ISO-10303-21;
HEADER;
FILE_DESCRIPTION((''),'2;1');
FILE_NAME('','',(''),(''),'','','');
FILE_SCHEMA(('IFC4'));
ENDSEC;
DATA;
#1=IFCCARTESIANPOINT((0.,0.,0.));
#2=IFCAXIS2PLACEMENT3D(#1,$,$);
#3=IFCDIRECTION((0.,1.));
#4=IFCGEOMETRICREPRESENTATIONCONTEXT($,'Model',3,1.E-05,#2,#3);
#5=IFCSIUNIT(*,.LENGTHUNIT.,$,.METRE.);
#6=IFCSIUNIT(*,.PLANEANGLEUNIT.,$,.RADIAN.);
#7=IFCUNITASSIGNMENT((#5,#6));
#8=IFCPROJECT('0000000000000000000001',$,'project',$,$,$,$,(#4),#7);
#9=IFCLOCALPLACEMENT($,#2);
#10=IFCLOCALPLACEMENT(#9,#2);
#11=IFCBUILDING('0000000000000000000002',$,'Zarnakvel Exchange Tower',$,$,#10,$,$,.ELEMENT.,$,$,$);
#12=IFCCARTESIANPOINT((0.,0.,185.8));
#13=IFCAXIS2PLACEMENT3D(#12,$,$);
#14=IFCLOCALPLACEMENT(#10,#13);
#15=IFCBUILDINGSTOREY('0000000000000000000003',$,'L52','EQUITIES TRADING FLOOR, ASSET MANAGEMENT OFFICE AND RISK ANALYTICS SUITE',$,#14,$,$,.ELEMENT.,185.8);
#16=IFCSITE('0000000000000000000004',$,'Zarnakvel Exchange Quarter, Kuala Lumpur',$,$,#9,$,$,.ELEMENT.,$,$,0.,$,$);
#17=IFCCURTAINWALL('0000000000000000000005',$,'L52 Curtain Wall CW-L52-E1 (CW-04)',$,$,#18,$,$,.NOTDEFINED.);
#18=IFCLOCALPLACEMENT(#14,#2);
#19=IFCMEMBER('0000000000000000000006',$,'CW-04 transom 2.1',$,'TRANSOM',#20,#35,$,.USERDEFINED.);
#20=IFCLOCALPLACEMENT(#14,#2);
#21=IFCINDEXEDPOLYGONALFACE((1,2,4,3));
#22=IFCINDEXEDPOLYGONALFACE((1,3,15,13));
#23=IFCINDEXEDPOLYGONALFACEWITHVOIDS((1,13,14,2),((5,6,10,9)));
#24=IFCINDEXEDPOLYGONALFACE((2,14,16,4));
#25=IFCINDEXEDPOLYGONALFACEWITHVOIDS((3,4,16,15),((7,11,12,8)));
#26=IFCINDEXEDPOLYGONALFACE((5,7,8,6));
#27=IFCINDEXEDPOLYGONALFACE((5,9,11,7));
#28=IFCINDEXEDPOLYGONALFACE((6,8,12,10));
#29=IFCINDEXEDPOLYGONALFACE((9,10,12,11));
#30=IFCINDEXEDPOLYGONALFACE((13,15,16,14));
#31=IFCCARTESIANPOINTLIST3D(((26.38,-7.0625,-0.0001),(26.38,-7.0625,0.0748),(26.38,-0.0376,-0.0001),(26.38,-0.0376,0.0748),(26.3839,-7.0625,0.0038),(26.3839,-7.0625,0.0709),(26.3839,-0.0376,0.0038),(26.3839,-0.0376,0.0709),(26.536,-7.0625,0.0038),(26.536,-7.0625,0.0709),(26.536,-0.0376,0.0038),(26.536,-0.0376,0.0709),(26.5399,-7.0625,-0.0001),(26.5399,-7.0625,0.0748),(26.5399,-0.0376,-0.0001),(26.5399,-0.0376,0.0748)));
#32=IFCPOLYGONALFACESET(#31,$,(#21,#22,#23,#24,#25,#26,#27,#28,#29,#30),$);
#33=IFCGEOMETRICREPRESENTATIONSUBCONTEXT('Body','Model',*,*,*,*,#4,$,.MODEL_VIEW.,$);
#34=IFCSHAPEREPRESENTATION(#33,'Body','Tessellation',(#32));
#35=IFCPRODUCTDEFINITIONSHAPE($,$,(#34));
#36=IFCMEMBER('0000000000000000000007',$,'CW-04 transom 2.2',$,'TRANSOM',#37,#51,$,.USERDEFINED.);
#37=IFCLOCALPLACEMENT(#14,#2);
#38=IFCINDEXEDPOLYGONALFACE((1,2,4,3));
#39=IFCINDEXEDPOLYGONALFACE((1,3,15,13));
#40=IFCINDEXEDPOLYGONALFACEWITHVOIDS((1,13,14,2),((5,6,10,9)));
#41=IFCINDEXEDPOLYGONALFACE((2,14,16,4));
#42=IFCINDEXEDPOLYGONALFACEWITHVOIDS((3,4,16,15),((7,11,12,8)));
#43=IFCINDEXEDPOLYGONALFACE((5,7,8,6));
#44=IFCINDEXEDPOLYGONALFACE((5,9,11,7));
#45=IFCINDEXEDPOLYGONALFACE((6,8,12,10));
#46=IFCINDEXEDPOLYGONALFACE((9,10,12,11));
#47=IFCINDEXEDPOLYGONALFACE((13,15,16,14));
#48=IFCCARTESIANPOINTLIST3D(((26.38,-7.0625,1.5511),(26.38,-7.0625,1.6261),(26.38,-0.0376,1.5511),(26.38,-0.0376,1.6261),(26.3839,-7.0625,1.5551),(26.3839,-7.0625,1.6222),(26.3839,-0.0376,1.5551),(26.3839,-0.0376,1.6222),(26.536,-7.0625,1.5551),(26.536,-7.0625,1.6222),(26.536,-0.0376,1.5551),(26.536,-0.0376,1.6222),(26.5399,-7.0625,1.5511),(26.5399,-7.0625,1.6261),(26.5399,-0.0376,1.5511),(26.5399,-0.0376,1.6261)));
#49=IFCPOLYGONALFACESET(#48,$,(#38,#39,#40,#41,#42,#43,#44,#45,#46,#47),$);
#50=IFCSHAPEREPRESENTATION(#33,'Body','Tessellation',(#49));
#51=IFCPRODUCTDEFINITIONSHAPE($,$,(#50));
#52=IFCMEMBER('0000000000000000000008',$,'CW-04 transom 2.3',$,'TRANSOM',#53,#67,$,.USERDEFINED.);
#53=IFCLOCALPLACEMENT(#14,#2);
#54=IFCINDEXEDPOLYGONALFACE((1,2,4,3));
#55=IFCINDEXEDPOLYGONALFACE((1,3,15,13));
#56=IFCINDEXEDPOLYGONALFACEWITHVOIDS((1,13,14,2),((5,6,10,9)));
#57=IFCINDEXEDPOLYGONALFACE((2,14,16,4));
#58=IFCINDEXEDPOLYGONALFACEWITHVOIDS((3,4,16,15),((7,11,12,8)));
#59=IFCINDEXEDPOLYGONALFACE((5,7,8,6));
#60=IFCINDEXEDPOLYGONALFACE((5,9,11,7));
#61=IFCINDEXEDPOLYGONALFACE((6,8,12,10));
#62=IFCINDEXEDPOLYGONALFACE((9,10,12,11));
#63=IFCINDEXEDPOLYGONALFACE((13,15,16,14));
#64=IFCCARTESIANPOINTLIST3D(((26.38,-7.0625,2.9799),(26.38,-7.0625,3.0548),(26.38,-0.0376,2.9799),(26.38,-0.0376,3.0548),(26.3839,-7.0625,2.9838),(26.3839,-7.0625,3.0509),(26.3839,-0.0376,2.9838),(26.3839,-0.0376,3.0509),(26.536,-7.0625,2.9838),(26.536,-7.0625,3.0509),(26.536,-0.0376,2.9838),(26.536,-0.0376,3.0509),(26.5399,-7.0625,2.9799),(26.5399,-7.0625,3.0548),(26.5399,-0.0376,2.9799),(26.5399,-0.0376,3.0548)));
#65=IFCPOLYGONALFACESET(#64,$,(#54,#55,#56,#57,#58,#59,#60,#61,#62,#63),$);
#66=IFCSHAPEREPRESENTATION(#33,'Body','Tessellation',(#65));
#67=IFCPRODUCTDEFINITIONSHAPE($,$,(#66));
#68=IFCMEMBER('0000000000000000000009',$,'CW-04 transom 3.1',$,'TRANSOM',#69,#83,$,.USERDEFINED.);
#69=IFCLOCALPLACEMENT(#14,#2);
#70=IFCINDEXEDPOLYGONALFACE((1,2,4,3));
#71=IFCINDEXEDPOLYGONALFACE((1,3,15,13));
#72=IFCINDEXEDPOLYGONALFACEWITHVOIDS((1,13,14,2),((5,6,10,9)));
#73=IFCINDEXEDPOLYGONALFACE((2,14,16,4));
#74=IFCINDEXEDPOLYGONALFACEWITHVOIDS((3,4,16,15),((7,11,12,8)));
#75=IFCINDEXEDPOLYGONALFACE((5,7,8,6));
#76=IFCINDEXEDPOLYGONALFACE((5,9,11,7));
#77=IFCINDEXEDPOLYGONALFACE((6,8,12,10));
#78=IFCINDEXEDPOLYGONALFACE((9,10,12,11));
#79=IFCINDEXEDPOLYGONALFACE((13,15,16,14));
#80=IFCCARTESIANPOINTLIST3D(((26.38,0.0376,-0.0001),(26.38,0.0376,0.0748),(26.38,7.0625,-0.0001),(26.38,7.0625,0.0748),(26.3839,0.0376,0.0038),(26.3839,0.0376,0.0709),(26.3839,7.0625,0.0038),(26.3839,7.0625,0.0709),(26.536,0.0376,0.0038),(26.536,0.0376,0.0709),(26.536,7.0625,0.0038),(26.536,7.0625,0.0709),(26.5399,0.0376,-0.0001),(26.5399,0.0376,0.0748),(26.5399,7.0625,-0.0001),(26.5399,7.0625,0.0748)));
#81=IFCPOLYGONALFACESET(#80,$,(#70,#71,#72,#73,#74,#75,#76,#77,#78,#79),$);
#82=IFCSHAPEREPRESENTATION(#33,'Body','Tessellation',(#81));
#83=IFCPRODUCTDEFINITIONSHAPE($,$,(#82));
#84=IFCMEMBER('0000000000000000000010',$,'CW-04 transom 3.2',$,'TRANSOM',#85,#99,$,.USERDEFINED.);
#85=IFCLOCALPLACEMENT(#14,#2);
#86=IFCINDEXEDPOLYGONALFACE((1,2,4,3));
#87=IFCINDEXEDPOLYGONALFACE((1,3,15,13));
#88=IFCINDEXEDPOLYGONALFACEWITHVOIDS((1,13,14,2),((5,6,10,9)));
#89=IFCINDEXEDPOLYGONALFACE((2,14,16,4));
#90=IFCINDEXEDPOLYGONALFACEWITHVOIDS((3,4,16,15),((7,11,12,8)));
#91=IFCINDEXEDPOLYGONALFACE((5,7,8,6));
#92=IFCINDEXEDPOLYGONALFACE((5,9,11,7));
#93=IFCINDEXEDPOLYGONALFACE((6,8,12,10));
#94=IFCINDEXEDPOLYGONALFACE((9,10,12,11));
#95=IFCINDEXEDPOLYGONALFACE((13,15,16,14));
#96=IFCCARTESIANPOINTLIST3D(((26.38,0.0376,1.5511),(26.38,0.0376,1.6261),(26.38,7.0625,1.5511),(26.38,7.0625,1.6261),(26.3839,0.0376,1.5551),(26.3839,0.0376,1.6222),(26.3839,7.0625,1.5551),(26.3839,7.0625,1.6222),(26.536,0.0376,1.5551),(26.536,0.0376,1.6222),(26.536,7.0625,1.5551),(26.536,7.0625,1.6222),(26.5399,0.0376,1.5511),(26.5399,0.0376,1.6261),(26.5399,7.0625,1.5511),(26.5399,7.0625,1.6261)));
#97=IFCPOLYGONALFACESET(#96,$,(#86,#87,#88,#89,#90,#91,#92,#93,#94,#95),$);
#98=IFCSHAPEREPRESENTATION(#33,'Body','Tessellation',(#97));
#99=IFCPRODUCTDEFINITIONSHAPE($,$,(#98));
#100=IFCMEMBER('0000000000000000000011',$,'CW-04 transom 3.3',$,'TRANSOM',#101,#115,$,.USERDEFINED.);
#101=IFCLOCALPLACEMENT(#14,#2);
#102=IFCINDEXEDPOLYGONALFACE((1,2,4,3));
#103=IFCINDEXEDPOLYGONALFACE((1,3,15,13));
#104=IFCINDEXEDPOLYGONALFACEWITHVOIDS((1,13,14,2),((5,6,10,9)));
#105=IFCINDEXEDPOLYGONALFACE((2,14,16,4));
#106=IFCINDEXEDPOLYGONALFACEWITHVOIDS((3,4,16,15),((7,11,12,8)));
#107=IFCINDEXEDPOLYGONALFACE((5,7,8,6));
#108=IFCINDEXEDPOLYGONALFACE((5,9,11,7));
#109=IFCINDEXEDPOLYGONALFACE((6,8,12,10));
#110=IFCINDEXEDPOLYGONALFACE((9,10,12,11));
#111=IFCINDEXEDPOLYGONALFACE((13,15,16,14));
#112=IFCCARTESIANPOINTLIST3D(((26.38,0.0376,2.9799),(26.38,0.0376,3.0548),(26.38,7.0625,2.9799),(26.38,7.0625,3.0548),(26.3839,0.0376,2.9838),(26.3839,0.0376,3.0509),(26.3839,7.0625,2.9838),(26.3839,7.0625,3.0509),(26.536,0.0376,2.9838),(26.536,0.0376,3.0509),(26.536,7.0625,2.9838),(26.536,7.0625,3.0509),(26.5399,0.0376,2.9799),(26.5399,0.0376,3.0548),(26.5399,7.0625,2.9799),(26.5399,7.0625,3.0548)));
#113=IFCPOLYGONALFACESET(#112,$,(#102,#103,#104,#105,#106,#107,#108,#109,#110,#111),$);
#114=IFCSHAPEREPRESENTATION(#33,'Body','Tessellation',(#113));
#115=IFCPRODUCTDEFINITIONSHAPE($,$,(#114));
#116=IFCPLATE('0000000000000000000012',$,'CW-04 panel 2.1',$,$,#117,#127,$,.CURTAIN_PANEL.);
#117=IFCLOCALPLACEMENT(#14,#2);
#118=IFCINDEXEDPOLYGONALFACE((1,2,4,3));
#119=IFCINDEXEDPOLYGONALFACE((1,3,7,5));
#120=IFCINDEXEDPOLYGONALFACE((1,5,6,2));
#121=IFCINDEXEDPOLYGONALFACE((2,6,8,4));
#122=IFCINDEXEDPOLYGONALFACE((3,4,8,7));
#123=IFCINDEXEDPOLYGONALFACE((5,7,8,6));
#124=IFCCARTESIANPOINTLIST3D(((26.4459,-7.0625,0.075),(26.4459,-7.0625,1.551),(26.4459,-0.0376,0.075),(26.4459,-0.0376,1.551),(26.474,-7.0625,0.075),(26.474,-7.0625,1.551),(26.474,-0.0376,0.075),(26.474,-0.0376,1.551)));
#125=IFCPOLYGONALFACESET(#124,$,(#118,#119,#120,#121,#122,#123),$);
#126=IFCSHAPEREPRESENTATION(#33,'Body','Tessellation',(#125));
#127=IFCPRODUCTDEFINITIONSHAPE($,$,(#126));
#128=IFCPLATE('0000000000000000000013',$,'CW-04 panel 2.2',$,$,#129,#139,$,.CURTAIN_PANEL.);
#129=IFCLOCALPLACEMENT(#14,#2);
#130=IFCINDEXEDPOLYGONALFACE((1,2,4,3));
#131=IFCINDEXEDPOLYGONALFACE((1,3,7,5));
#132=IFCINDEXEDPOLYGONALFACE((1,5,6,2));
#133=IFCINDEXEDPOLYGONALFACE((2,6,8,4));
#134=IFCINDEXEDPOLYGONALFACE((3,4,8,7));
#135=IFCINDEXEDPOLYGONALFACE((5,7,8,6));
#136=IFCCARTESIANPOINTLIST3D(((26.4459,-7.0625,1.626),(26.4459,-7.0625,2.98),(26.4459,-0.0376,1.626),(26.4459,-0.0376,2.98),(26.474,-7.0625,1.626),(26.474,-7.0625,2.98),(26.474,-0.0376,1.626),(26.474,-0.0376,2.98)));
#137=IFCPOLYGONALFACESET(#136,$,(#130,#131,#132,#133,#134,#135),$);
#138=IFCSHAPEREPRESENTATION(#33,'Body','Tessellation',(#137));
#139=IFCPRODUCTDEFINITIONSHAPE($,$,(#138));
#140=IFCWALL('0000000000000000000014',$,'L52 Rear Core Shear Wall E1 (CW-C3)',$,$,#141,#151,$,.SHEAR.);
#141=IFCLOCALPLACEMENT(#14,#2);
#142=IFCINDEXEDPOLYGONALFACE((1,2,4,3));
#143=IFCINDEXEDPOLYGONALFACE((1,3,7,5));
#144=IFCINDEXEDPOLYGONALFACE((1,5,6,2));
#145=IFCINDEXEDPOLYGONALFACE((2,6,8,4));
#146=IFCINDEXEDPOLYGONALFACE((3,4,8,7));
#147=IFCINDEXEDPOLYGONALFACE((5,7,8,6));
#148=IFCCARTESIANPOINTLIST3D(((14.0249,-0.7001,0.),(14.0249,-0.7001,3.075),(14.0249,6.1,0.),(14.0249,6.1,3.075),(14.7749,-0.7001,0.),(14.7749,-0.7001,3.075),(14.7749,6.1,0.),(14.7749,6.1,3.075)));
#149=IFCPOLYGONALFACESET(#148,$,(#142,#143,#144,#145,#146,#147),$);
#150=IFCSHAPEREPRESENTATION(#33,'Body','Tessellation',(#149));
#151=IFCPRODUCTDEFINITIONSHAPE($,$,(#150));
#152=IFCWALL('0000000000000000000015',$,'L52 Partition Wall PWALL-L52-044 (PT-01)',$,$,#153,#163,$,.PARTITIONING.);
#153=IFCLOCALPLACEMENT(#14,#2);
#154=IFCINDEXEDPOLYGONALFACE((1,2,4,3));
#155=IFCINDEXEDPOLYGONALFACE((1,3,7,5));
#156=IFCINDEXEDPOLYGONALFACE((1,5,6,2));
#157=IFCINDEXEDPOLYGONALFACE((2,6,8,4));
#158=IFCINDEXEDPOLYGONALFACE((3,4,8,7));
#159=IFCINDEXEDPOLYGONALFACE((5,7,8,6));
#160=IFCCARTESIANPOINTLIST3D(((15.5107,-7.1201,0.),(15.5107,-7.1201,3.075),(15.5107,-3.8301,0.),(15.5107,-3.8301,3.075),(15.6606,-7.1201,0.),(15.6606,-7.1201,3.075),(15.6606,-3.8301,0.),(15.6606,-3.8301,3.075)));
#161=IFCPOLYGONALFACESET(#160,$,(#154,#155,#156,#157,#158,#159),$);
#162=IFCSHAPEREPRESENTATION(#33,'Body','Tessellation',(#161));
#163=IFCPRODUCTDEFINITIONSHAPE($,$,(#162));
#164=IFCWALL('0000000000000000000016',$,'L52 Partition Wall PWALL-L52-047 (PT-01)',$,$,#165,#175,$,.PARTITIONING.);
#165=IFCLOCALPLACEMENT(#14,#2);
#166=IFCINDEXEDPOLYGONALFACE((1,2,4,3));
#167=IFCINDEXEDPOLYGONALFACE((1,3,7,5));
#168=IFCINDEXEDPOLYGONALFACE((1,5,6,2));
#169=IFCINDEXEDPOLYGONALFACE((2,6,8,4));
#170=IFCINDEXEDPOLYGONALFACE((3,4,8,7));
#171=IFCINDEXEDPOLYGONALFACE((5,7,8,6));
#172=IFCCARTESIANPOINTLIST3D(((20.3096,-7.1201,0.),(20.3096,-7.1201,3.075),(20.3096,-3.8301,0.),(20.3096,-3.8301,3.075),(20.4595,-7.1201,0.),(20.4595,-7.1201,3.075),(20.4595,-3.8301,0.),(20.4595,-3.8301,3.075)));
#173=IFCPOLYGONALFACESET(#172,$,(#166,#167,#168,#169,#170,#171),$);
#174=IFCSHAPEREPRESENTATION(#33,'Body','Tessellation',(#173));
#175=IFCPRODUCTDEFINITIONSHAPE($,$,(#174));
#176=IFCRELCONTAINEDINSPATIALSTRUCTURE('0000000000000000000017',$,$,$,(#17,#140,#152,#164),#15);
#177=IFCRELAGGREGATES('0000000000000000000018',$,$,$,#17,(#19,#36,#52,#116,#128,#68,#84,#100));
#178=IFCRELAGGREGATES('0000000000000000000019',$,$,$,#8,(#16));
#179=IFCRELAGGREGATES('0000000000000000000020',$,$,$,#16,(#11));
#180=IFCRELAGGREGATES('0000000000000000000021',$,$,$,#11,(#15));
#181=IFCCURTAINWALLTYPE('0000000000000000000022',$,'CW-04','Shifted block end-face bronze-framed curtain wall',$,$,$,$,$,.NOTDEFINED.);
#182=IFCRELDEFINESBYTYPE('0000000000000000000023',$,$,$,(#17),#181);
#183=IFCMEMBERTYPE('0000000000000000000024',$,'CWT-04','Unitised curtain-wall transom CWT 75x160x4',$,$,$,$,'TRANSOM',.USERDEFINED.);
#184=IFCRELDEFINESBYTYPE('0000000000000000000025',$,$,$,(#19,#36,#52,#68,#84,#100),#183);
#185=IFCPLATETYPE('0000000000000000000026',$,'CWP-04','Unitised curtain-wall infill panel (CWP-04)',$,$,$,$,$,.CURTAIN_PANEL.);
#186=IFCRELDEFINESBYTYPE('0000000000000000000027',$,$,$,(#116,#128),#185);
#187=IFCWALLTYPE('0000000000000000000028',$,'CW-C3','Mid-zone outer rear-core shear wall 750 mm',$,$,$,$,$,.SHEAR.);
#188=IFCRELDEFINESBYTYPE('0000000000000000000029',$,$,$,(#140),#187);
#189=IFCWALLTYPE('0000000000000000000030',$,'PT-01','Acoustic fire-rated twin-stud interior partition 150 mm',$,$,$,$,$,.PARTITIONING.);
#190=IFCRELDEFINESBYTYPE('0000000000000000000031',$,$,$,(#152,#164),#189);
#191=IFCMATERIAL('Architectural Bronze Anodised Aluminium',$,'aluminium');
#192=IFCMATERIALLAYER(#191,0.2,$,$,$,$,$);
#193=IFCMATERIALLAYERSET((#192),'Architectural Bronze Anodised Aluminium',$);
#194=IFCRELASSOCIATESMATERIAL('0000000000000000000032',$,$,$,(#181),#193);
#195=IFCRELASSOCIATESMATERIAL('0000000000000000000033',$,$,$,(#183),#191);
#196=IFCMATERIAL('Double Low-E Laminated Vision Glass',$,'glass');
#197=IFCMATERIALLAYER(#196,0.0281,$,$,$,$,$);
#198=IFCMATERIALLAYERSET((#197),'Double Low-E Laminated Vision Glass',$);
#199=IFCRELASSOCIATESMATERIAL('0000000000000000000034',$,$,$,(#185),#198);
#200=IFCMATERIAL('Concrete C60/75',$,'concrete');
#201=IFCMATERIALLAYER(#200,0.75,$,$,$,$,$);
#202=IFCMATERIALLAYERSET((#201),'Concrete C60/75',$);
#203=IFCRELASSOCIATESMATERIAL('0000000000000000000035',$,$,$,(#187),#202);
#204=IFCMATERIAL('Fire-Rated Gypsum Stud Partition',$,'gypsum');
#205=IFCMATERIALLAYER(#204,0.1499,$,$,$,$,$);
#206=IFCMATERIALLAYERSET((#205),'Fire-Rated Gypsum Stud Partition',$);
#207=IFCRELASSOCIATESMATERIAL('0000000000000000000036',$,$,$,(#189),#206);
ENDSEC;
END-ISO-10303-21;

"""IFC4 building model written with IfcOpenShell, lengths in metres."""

from ifc_helpers import new_model, si_unit, direction, frame, frame_2d, origin, origin_2d, place, context, subcontext, project, spatial, rectangle, hollow_rectangle, extrude, source, transform, mapped, material, layer, layer_set, material_profile, profile_set, type_object, element, aggregate, save


model = new_model("IFC4")

# Units and contexts
model_context = context("Model", 3, precision=1e-05, world=origin(), true_north=direction((0.0, 1.0)))
body_context = subcontext(model_context, "Body", "Model", "MODEL_VIEW")
ifc_project = project(units=[si_unit("LENGTHUNIT", "METRE"), si_unit("PLANEANGLEUNIT", "RADIAN")], contexts=[model_context])

# Site, building, storey
site_placement = place(None, origin())
site = spatial("IfcSite", under=ifc_project, at=site_placement, Name="Zarnakvel Exchange Quarter, Kuala Lumpur", CompositionType="ELEMENT", RefElevation=0.0)
building_placement = place(site_placement, origin())
building = spatial("IfcBuilding", under=site, at=building_placement, Name="Zarnakvel Exchange Tower", CompositionType="ELEMENT")
storey_placement = place(building_placement, frame((0.0, 0.0, 185.8)))
storey = spatial("IfcBuildingStorey", under=building, at=storey_placement, Name="L52", Description="EQUITIES TRADING FLOOR, ASSET MANAGEMENT OFFICE AND RISK ANALYTICS SUITE", CompositionType="ELEMENT", Elevation=185.8)

# Shared definitions
ifc_material_1 = material(Name="Concrete C60/75", Category="concrete")

# Curtain wall, members, plates
ifc_material_2 = material(Name="Architectural Bronze Anodised Aluminium", Category="aluminium")
ifc_layer_1 = layer(ifc_material_2, 0.2)
ifc_layer_set_1 = layer_set([ifc_layer_1], Name="Architectural Bronze Anodised Aluminium")
curtain_wall_type = type_object("IfcCurtainWallType", Name="CW-04", Description="Shifted block end-face bronze-framed curtain wall", PredefinedType="NOTDEFINED", material=ifc_layer_set_1)
curtain_wall_placement = place(storey_placement, origin())
curtain_wall = element("IfcCurtainWall", 1, at=curtain_wall_placement, inside=storey, type_object=curtain_wall_type, Name="L52 Curtain Wall CW-L52-E1 (CW-04)", PredefinedType="NOTDEFINED")
ifc_material_profile_1 = material_profile(ifc_material_2, hollow_rectangle(XDim=0.1599, YDim=0.075, WallThickness=0.0039, at=origin_2d()))
ifc_profile_set_1 = profile_set([ifc_material_profile_1], Name="Architectural Bronze Anodised Aluminium")
member_type_1 = type_object("IfcMemberType", Name="CWT-04", Description="Unitised curtain-wall transom CWT 75x160x4", ElementType="TRANSOM", PredefinedType="USERDEFINED", material=ifc_profile_set_1)
shared_shape_1 = source(origin(), body_context, "Body", "SweptSolid", [
    extrude(hollow_rectangle(XDim=0.1599, YDim=0.075, WallThickness=0.0039, at=origin_2d()), origin(), (0.0, 0.0, 1.0), 7.0249),
])
member_1_placement = place(storey_placement, frame((26.46, -7.0625, 0.0374), z_axis=(0.0, 1.0, 0.0), x_axis=(-1.0, 0.0, 0.0)))
member_1 = element("IfcMember", 2, at=member_1_placement, type_object=member_type_1, Name="CW-04 transom 2.1", ObjectType="TRANSOM", PredefinedType="USERDEFINED", context=body_context, shape_type="MappedRepresentation", body=[
    mapped(shared_shape_1, transform((0.0, 0.0, 0.0), x_axis=(1.0, 0.0, 0.0), y_axis=(0.0, 1.0, 0.0), z_axis=(0.0, 0.0, 1.0), scale=1.0)),
])
member_2_placement = place(storey_placement, frame((26.46, -7.0625, 1.5886), z_axis=(0.0, 1.0, 0.0), x_axis=(-1.0, 0.0, 0.0)))
member_2 = element("IfcMember", 3, at=member_2_placement, type_object=member_type_1, Name="CW-04 transom 2.2", ObjectType="TRANSOM", PredefinedType="USERDEFINED", context=body_context, shape_type="MappedRepresentation", body=[
    mapped(shared_shape_1, transform((0.0, 0.0, 0.0), x_axis=(1.0, 0.0, 0.0), y_axis=(0.0, 1.0, 0.0), z_axis=(0.0, 0.0, 1.0), scale=1.0)),
])
member_3_placement = place(storey_placement, frame((26.46, -7.0625, 3.0173), z_axis=(0.0, 1.0, 0.0), x_axis=(-1.0, 0.0, 0.0)))
member_3 = element("IfcMember", 4, at=member_3_placement, type_object=member_type_1, Name="CW-04 transom 2.3", ObjectType="TRANSOM", PredefinedType="USERDEFINED", context=body_context, shape_type="MappedRepresentation", body=[
    mapped(shared_shape_1, transform((0.0, 0.0, 0.0), x_axis=(1.0, 0.0, 0.0), y_axis=(0.0, 1.0, 0.0), z_axis=(0.0, 0.0, 1.0), scale=1.0)),
])
member_4_placement = place(storey_placement, frame((26.46, 0.0376, 0.0374), z_axis=(0.0, 1.0, 0.0), x_axis=(-1.0, 0.0, 0.0)))
member_4 = element("IfcMember", 5, at=member_4_placement, type_object=member_type_1, Name="CW-04 transom 3.1", ObjectType="TRANSOM", PredefinedType="USERDEFINED", context=body_context, shape_type="MappedRepresentation", body=[
    mapped(shared_shape_1, transform((0.0, 0.0, 0.0), x_axis=(1.0, 0.0, 0.0), y_axis=(0.0, 1.0, 0.0), z_axis=(0.0, 0.0, 1.0), scale=1.0)),
])
member_5_placement = place(storey_placement, frame((26.46, 0.0376, 1.5886), z_axis=(0.0, 1.0, 0.0), x_axis=(-1.0, 0.0, 0.0)))
member_5 = element("IfcMember", 6, at=member_5_placement, type_object=member_type_1, Name="CW-04 transom 3.2", ObjectType="TRANSOM", PredefinedType="USERDEFINED", context=body_context, shape_type="MappedRepresentation", body=[
    mapped(shared_shape_1, transform((0.0, 0.0, 0.0), x_axis=(1.0, 0.0, 0.0), y_axis=(0.0, 1.0, 0.0), z_axis=(0.0, 0.0, 1.0), scale=1.0)),
])
member_6_placement = place(storey_placement, frame((26.46, 0.0376, 3.0173), z_axis=(0.0, 1.0, 0.0), x_axis=(-1.0, 0.0, 0.0)))
member_6 = element("IfcMember", 7, at=member_6_placement, type_object=member_type_1, Name="CW-04 transom 3.3", ObjectType="TRANSOM", PredefinedType="USERDEFINED", context=body_context, shape_type="MappedRepresentation", body=[
    mapped(shared_shape_1, transform((0.0, 0.0, 0.0), x_axis=(1.0, 0.0, 0.0), y_axis=(0.0, 1.0, 0.0), z_axis=(0.0, 0.0, 1.0), scale=1.0)),
])
ifc_material_3 = material(Name="Double Low-E Laminated Vision Glass", Category="glass")
ifc_layer_2 = layer(ifc_material_3, 0.0281)
ifc_layer_set_2 = layer_set([ifc_layer_2], Name="Double Low-E Laminated Vision Glass")
plate_type = type_object("IfcPlateType", Name="CWP-04", Description="Unitised curtain-wall infill panel (CWP-04)", PredefinedType="CURTAIN_PANEL", material=ifc_layer_set_2)
shared_shape_2 = source(origin(), body_context, "Body", "SweptSolid", [
    extrude(rectangle(XDim=7.0249, YDim=0.0281, at=origin_2d()), origin(), (0.0, 0.0, 1.0), 1.4761),
])
plate_1_placement = place(storey_placement, frame((26.46, -3.55, 0.075), z_axis=(0.0, 0.0, 1.0), x_axis=(0.0, 1.0, 0.0)))
plate_1 = element("IfcPlate", 8, at=plate_1_placement, type_object=plate_type, Name="CW-04 panel 2.1", PredefinedType="CURTAIN_PANEL", context=body_context, shape_type="MappedRepresentation", body=[
    mapped(shared_shape_2, transform((0.0, 0.0, 0.0), x_axis=(1.0, 0.0, 0.0), y_axis=(0.0, 1.0, 0.0), z_axis=(0.0, 0.0, 1.0), scale=1.0)),
])
shared_shape_3 = source(origin(), body_context, "Body", "SweptSolid", [
    extrude(rectangle(XDim=7.0249, YDim=0.0281, at=origin_2d()), origin(), (0.0, 0.0, 1.0), 1.354),
])
plate_2_placement = place(storey_placement, frame((26.46, -3.55, 1.626), z_axis=(0.0, 0.0, 1.0), x_axis=(0.0, 1.0, 0.0)))
plate_2 = element("IfcPlate", 9, at=plate_2_placement, type_object=plate_type, Name="CW-04 panel 2.2", PredefinedType="CURTAIN_PANEL", context=body_context, shape_type="MappedRepresentation", body=[
    mapped(shared_shape_3, transform((0.0, 0.0, 0.0), x_axis=(1.0, 0.0, 0.0), y_axis=(0.0, 1.0, 0.0), z_axis=(0.0, 0.0, 1.0), scale=1.0)),
])
aggregate(curtain_wall, [member_1, member_2, member_3, plate_1, plate_2, member_4, member_5, member_6])

# Walls
ifc_layer_3 = layer(ifc_material_1, 0.75)
ifc_layer_set_3 = layer_set([ifc_layer_3], Name="Concrete C60/75")
wall_type_1 = type_object("IfcWallType", Name="CW-C3", Description="Mid-zone outer rear-core shear wall 750 mm", PredefinedType="SHEAR", material=ifc_layer_set_3)
wall_1_placement = place(storey_placement, frame((14.3999, -0.7, 0.0), z_axis=(0.0, 0.0, 1.0), x_axis=(0.0, 1.0, 0.0)))
element("IfcWall", 10, at=wall_1_placement, inside=storey, type_object=wall_type_1, Name="L52 Rear Core Shear Wall E1 (CW-C3)", PredefinedType="SHEAR", context=body_context, shape_type="SweptSolid", body=[
    extrude(rectangle(XDim=6.8, YDim=0.75, at=frame_2d((3.3999, 0.0))), origin(), (0.0, 0.0, 1.0), 3.075),
])
ifc_material_4 = material(Name="Fire-Rated Gypsum Stud Partition", Category="gypsum")
ifc_layer_4 = layer(ifc_material_4, 0.1499)
ifc_layer_set_4 = layer_set([ifc_layer_4], Name="Fire-Rated Gypsum Stud Partition")
wall_type_2 = type_object("IfcWallType", Name="PT-01", Description="Acoustic fire-rated twin-stud interior partition 150 mm", PredefinedType="PARTITIONING", material=ifc_layer_set_4)
wall_2_placement = place(storey_placement, frame((15.5857, -3.8301, 0.0), z_axis=(0.0, 0.0, 1.0), x_axis=(0.0, -1.0, 0.0)))
element("IfcWall", 11, at=wall_2_placement, inside=storey, type_object=wall_type_2, Name="L52 Partition Wall PWALL-L52-044 (PT-01)", PredefinedType="PARTITIONING", context=body_context, shape_type="SweptSolid", body=[
    extrude(rectangle(XDim=3.29, YDim=0.1499, at=frame_2d((1.645, 0.0))), origin(), (0.0, 0.0, 1.0), 3.075),
])

# Wall
wall_3_placement = place(storey_placement, frame((20.3845, -3.8301, 0.0), z_axis=(0.0, 0.0, 1.0), x_axis=(0.0, -1.0, 0.0)))
element("IfcWall", 12, at=wall_3_placement, inside=storey, type_object=wall_type_2, Name="L52 Partition Wall PWALL-L52-047 (PT-01)", PredefinedType="PARTITIONING", context=body_context, shape_type="SweptSolid", body=[
    extrude(rectangle(XDim=3.29, YDim=0.1499, at=frame_2d((1.645, 0.0))), origin(), (0.0, 0.0, 1.0), 3.075),
])

save(model, "model.ifc")
